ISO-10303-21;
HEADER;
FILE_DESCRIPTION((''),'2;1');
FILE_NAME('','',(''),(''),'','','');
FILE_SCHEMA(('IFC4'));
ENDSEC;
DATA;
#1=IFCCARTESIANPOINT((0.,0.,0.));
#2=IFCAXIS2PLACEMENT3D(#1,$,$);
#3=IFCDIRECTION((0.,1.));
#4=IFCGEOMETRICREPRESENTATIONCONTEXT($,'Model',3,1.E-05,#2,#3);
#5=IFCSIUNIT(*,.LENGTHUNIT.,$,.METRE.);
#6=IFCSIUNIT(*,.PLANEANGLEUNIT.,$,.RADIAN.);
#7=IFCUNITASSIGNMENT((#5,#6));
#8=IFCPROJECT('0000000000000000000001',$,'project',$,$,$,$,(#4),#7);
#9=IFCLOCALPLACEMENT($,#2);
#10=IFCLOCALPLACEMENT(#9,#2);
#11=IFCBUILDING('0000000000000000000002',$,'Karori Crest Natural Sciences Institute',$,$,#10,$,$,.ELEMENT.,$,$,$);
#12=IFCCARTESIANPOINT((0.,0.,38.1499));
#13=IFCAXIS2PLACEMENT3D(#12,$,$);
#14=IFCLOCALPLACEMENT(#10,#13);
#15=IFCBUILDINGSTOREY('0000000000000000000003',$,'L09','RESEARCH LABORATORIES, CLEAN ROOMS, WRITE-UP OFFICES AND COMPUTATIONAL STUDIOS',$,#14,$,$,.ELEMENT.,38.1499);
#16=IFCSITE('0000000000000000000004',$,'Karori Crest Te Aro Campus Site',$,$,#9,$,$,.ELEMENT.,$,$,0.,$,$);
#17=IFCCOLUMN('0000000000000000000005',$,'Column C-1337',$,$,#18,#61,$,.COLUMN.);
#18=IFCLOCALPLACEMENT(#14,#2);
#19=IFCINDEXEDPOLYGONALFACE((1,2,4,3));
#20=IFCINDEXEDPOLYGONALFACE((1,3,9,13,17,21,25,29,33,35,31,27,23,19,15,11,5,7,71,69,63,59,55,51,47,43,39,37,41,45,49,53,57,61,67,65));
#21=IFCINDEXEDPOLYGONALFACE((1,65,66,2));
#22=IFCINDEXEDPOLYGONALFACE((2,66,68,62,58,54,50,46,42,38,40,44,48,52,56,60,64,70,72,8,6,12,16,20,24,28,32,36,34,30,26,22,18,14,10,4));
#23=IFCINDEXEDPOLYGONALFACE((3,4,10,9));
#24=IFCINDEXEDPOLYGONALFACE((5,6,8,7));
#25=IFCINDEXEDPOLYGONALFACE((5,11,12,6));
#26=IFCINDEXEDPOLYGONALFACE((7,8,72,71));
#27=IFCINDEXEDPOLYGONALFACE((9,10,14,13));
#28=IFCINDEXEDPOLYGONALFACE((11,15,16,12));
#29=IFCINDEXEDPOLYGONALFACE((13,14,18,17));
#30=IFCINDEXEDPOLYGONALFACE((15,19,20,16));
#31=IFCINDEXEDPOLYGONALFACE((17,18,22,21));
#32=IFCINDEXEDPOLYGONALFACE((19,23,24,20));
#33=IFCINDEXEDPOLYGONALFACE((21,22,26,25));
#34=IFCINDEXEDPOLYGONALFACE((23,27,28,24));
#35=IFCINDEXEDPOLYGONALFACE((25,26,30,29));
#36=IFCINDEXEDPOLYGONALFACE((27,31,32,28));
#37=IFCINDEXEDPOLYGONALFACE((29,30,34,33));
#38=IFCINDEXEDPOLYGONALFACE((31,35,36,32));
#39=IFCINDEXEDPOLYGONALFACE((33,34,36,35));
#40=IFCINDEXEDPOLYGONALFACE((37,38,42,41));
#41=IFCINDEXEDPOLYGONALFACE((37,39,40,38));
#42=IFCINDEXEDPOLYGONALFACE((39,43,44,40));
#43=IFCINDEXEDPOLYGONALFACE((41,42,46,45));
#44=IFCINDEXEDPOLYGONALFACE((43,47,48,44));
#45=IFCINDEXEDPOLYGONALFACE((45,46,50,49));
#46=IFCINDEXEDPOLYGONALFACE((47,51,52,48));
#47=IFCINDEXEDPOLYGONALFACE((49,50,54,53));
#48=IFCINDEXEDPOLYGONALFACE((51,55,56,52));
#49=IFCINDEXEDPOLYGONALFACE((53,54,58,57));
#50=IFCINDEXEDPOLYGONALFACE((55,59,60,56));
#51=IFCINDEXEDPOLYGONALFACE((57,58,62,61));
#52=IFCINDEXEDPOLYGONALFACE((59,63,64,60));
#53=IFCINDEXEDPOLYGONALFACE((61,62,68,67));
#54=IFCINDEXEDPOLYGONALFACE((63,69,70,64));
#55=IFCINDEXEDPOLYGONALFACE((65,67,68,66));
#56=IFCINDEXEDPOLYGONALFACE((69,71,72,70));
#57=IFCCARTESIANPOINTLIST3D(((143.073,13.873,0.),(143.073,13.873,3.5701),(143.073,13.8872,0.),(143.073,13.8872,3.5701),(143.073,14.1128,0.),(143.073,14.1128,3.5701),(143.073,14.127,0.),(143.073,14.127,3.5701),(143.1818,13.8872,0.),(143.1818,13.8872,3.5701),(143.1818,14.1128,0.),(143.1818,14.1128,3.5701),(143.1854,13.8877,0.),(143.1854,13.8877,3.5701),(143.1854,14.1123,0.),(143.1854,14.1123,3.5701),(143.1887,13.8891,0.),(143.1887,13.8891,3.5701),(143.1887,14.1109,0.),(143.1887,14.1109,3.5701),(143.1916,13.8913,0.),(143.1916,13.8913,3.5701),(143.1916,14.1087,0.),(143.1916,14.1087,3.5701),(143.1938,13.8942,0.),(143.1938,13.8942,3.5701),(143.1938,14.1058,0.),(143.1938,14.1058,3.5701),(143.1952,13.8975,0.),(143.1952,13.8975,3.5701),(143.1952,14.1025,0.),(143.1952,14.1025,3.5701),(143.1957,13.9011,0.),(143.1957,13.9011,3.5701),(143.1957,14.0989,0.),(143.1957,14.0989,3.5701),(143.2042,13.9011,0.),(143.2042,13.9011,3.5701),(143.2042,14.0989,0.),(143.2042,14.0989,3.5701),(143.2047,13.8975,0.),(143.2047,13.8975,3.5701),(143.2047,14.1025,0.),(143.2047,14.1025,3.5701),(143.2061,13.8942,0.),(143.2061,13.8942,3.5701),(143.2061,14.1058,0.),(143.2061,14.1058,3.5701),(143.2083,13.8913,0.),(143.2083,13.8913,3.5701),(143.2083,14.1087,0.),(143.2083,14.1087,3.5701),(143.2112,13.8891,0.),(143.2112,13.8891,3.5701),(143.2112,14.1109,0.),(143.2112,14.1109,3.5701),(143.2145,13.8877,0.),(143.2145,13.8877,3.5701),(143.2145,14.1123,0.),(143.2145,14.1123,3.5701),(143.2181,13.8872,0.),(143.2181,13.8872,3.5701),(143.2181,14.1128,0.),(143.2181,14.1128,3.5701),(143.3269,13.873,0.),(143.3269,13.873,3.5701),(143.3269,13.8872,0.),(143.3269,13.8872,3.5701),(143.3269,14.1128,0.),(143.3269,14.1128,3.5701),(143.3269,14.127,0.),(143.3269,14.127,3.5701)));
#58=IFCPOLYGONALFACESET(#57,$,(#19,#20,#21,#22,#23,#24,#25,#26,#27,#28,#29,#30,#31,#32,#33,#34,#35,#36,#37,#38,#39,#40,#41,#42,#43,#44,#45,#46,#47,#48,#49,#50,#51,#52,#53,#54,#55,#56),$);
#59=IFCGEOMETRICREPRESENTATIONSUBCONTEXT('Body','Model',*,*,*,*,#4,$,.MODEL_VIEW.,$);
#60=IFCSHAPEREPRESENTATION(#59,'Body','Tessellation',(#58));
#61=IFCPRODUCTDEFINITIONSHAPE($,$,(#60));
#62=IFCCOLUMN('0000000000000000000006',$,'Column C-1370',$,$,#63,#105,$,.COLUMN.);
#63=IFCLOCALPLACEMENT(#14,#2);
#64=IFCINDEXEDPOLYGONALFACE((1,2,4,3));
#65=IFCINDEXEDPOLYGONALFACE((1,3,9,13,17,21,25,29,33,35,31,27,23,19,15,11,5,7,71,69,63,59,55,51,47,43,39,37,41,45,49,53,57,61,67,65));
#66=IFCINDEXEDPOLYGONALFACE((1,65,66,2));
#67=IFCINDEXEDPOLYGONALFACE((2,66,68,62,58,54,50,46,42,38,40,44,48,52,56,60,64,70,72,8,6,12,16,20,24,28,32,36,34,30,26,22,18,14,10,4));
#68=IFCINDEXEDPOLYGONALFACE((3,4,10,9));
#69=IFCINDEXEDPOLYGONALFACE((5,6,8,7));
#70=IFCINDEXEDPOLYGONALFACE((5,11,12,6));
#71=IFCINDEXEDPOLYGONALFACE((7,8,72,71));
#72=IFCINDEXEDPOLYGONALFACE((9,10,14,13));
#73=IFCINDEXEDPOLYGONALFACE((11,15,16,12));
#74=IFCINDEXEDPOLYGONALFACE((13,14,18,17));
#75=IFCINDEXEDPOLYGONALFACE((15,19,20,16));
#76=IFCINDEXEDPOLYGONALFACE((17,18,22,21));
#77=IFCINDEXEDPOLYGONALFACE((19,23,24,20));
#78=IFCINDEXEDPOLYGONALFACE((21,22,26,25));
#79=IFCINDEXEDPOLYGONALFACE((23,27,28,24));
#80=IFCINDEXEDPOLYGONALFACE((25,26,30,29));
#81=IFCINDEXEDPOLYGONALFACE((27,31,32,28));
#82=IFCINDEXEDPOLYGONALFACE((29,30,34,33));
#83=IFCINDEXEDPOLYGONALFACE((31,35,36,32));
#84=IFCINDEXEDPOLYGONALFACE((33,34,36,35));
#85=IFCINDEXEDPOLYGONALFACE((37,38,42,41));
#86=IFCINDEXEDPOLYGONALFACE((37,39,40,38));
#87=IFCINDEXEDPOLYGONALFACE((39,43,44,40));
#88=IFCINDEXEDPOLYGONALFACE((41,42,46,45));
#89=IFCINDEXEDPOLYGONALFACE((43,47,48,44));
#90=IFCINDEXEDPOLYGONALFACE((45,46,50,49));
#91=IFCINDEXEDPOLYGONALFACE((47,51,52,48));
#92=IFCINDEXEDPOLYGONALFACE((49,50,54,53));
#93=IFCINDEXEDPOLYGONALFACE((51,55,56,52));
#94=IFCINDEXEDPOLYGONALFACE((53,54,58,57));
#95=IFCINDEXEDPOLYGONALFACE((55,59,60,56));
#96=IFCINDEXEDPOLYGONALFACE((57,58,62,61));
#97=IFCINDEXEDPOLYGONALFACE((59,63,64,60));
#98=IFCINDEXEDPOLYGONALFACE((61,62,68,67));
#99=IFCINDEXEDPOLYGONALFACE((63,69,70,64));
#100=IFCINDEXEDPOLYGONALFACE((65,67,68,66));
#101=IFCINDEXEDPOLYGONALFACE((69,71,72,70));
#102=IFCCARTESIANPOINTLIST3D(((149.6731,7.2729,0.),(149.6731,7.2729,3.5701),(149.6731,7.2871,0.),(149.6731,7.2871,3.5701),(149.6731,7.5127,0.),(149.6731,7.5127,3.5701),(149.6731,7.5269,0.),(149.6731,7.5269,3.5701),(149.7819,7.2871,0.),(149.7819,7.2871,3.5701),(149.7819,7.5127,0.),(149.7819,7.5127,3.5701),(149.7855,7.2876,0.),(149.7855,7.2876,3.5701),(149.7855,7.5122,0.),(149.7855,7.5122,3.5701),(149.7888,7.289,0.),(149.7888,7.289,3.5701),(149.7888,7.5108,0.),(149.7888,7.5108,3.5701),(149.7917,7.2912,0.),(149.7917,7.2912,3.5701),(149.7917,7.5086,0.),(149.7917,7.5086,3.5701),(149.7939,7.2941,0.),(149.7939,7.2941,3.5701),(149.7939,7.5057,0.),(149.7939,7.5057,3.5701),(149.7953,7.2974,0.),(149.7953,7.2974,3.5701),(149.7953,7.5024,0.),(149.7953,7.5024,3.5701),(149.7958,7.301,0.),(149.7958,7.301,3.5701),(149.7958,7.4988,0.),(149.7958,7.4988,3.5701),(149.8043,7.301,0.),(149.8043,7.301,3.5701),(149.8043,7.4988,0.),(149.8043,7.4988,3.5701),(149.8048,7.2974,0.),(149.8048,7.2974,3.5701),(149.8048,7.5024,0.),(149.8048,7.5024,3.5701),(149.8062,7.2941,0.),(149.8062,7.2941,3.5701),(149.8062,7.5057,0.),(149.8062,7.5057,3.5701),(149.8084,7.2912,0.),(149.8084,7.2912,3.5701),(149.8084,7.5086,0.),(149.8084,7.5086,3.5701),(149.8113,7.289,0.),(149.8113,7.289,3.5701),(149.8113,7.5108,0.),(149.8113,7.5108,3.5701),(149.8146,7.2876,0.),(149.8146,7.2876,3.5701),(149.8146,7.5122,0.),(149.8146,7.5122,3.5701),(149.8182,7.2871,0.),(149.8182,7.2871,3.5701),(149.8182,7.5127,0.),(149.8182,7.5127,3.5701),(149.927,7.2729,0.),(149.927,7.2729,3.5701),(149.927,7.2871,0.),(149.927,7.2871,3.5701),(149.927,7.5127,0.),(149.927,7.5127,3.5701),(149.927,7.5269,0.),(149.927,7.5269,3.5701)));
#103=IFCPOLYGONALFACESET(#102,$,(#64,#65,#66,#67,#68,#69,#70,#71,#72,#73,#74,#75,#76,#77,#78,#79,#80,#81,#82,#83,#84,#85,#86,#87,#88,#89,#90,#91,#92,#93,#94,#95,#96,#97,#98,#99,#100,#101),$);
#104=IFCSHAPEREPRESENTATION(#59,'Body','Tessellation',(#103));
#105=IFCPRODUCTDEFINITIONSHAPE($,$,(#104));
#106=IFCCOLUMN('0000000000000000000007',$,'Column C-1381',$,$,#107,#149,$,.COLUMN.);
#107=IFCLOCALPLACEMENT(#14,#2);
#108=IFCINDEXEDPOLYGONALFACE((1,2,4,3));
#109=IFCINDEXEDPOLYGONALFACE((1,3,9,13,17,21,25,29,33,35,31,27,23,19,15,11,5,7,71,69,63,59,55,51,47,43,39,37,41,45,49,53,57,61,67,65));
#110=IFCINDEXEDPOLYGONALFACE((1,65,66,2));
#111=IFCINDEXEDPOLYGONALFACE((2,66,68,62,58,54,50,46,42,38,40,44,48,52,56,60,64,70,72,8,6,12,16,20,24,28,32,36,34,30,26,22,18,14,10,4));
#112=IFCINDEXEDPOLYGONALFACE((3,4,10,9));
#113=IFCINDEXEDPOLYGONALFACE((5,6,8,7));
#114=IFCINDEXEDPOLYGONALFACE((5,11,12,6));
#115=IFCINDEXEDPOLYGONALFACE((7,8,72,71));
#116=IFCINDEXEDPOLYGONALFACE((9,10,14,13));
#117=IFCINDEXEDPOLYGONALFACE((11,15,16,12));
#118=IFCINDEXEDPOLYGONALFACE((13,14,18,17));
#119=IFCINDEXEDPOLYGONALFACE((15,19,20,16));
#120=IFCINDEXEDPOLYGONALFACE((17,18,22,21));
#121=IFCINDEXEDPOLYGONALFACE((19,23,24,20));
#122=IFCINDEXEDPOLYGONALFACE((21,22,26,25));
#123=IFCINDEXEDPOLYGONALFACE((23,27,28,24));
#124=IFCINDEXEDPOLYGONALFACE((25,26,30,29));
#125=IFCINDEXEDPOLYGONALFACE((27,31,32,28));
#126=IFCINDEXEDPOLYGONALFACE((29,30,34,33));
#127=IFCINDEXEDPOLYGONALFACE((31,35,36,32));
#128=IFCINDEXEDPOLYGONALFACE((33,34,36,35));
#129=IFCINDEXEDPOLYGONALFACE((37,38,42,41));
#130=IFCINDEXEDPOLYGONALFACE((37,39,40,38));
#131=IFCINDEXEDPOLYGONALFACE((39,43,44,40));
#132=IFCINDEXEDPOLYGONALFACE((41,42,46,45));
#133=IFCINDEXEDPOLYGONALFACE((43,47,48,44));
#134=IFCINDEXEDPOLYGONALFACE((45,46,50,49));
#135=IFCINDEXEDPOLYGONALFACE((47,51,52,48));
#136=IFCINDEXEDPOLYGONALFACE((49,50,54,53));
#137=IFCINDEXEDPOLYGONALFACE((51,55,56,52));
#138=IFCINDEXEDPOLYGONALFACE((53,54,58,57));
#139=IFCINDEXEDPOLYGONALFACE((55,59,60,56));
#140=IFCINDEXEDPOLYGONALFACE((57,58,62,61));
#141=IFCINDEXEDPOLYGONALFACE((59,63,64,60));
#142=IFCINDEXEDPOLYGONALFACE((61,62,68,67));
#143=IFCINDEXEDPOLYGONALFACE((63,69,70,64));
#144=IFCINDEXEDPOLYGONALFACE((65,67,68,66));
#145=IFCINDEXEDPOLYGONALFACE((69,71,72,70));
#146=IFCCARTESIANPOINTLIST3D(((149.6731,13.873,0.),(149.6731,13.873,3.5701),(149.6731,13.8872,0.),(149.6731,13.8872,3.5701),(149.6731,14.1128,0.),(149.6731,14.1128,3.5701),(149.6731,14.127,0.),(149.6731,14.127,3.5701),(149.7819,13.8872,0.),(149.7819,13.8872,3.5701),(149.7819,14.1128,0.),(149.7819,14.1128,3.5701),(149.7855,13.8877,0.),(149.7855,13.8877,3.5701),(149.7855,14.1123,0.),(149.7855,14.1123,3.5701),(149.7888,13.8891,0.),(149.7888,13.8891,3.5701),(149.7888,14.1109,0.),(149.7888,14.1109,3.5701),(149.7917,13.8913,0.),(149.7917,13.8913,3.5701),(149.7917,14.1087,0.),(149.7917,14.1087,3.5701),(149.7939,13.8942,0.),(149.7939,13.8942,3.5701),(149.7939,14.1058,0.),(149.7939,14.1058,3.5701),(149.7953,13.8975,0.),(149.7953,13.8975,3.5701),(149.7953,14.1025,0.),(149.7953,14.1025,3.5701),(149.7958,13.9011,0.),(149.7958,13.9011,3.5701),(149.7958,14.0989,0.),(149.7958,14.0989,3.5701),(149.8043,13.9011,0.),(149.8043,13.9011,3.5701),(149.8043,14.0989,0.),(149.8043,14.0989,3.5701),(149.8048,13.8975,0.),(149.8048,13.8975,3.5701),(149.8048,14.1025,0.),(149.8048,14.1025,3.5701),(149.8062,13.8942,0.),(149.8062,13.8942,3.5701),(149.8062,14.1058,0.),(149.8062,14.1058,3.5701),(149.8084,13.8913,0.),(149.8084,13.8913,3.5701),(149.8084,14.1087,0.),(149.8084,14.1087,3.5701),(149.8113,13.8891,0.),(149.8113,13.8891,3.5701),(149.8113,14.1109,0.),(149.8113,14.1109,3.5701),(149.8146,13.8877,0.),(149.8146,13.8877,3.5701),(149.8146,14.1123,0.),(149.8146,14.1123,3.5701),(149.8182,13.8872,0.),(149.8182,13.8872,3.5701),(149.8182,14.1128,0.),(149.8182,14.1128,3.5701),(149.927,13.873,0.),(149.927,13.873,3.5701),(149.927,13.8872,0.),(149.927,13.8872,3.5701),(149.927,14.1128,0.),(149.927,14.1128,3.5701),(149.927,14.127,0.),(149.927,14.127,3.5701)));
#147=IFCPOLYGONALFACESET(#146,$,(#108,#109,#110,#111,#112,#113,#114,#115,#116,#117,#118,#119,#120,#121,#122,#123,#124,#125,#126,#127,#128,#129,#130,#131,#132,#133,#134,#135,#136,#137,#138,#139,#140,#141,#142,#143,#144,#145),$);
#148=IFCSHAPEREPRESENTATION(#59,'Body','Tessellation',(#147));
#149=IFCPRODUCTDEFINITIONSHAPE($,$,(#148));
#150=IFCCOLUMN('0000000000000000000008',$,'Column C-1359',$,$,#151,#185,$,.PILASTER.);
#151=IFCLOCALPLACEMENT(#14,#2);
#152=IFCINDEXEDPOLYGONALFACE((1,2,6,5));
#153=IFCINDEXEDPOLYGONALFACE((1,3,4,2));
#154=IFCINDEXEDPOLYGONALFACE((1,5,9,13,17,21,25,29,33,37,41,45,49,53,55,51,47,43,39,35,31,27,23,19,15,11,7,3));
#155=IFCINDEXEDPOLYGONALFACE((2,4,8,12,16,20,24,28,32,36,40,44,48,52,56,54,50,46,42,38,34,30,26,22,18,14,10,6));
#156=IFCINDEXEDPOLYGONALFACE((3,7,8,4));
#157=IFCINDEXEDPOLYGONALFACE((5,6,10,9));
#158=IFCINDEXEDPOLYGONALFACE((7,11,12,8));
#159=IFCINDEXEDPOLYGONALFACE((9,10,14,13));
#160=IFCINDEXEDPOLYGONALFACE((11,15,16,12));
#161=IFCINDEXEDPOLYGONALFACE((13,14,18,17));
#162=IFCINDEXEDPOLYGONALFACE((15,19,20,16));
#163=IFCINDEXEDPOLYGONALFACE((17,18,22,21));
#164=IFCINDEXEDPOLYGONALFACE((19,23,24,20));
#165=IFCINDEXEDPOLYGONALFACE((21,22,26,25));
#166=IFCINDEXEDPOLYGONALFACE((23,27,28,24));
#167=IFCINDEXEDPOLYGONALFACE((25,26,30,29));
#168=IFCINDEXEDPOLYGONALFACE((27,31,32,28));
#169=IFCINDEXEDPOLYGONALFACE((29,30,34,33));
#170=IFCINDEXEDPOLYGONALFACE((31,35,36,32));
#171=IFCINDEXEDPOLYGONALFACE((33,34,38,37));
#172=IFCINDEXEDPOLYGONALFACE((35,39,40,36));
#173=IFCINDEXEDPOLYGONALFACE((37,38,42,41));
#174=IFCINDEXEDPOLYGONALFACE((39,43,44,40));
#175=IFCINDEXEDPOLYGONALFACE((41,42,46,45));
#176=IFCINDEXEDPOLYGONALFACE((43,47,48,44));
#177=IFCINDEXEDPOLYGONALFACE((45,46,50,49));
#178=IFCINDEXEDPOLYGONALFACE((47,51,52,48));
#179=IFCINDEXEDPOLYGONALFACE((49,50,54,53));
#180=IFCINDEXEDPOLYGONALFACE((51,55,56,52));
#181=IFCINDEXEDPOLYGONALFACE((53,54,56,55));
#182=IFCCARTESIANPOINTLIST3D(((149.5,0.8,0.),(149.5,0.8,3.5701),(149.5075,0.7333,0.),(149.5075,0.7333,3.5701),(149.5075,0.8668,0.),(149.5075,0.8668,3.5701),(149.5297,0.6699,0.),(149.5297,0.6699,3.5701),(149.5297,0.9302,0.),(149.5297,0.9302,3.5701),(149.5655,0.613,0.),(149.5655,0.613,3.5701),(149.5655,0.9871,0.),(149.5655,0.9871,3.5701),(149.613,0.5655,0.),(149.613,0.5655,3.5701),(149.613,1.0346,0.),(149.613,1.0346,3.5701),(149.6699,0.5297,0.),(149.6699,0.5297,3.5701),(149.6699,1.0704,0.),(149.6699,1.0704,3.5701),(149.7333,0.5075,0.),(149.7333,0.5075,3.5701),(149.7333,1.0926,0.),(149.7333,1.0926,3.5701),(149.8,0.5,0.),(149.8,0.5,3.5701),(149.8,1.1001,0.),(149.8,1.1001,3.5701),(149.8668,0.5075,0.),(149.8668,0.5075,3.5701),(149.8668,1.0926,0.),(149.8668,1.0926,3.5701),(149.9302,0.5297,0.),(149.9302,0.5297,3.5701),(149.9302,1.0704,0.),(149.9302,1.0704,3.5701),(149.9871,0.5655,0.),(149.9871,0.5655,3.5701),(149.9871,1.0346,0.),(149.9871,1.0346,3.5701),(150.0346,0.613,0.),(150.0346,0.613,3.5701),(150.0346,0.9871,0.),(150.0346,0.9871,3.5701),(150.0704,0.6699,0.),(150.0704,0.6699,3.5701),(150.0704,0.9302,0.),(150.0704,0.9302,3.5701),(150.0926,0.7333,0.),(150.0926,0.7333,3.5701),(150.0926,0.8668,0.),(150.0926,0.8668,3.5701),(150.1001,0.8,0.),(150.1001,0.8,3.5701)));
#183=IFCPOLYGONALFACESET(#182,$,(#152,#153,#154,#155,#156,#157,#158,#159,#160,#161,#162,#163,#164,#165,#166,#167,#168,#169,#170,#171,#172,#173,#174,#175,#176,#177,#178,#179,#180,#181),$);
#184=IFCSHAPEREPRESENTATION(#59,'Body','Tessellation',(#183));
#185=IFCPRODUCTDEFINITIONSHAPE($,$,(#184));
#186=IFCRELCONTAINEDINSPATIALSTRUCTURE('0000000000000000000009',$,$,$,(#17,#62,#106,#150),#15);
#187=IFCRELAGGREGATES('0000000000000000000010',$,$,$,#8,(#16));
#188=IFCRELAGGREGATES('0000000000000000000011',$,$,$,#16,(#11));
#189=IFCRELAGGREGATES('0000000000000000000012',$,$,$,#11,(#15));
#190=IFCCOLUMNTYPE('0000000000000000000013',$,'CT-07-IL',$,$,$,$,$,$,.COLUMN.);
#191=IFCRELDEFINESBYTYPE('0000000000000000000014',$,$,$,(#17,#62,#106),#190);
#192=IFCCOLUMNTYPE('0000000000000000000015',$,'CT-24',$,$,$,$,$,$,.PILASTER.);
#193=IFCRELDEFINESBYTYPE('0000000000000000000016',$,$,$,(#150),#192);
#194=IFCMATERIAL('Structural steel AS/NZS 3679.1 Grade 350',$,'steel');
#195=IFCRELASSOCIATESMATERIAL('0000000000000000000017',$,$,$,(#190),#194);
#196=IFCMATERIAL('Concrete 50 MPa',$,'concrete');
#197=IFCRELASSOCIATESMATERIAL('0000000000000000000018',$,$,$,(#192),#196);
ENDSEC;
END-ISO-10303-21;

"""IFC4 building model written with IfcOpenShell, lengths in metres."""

from ifc_helpers import new_model, si_unit, direction, frame, origin, origin_2d, place, context, subcontext, project, spatial, circle, i_section, extrude, material, material_profile, profile_set, type_object, element, save


model = new_model("IFC4")

# Units and contexts
model_context = context("Model", 3, precision=1e-05, world=origin(), true_north=direction((0.0, 1.0)))
body_context = subcontext(model_context, "Body", "Model", "MODEL_VIEW")
ifc_project = project(units=[si_unit("LENGTHUNIT", "METRE"), si_unit("PLANEANGLEUNIT", "RADIAN")], contexts=[model_context])

# Site, building, storey
site_placement = place(None, origin())
site = spatial("IfcSite", under=ifc_project, at=site_placement, Name="Karori Crest Te Aro Campus Site", CompositionType="ELEMENT", RefElevation=0.0)
building_placement = place(site_placement, origin())
building = spatial("IfcBuilding", under=site, at=building_placement, Name="Karori Crest Natural Sciences Institute", CompositionType="ELEMENT")
storey_placement = place(building_placement, frame((0.0, 0.0, 38.1499)))
storey = spatial("IfcBuildingStorey", under=building, at=storey_placement, Name="L09", Description="RESEARCH LABORATORIES, CLEAN ROOMS, WRITE-UP OFFICES AND COMPUTATIONAL STUDIOS", CompositionType="ELEMENT", Elevation=38.1499)

# Columns
ifc_material_1 = material(Name="Structural steel AS/NZS 3679.1 Grade 350", Category="steel")
ifc_material_profile_1 = material_profile(ifc_material_1, i_section(OverallWidth=0.2539, OverallDepth=0.2539, WebThickness=0.0085, FlangeThickness=0.0142, FilletRadius=0.0139, at=origin_2d()), Name="250UC72.9")
ifc_profile_set_1 = profile_set([ifc_material_profile_1], Name="Structural steel AS/NZS 3679.1 Grade 350")
column_type_1 = type_object("IfcColumnType", Name="CT-07-IL", PredefinedType="COLUMN", material=ifc_profile_set_1)
for number, where, z_axis, x_axis, name in (
    (1, (143.2, 14.0, 0.0), (0.0, 0.0, 1.0), (1.0, 0.0, 0.0), "Column C-1337"),
    (2, (149.8, 7.3999, 0.0), (0.0, 0.0, 1.0), (1.0, 0.0, 0.0), "Column C-1370"),
    (3, (149.8, 14.0, 0.0), (0.0, 0.0, 1.0), (1.0, 0.0, 0.0), "Column C-1381"),
):
    element("IfcColumn", number, at=place(storey_placement, frame(where, z_axis=z_axis, x_axis=x_axis)), inside=storey, type_object=column_type_1, Name=name, PredefinedType="COLUMN", context=body_context, shape_type="SweptSolid", body=[
        extrude(i_section(OverallWidth=0.2539, OverallDepth=0.2539, WebThickness=0.0085, FlangeThickness=0.0142, FilletRadius=0.0139, at=origin_2d()), origin(), (0.0, 0.0, 1.0), 3.5701),
    ])
ifc_material_2 = material(Name="Concrete 50 MPa", Category="concrete")
ifc_material_profile_2 = material_profile(ifc_material_2, circle(Radius=0.3, at=origin_2d()), Name="RCC600")
ifc_profile_set_2 = profile_set([ifc_material_profile_2], Name="Concrete 50 MPa")
column_type_2 = type_object("IfcColumnType", Name="CT-24", PredefinedType="PILASTER", material=ifc_profile_set_2)
column_placement = place(storey_placement, frame((149.8, 0.8, 0.0), z_axis=(0.0, 0.0, 1.0), x_axis=(1.0, 0.0, 0.0)))
element("IfcColumn", 4, at=column_placement, inside=storey, type_object=column_type_2, Name="Column C-1359", PredefinedType="PILASTER", context=body_context, shape_type="SweptSolid", body=[
    extrude(circle(Radius=0.3, at=origin_2d()), origin(), (0.0, 0.0, 1.0), 3.5701),
])

save(model, "model.ifc")
